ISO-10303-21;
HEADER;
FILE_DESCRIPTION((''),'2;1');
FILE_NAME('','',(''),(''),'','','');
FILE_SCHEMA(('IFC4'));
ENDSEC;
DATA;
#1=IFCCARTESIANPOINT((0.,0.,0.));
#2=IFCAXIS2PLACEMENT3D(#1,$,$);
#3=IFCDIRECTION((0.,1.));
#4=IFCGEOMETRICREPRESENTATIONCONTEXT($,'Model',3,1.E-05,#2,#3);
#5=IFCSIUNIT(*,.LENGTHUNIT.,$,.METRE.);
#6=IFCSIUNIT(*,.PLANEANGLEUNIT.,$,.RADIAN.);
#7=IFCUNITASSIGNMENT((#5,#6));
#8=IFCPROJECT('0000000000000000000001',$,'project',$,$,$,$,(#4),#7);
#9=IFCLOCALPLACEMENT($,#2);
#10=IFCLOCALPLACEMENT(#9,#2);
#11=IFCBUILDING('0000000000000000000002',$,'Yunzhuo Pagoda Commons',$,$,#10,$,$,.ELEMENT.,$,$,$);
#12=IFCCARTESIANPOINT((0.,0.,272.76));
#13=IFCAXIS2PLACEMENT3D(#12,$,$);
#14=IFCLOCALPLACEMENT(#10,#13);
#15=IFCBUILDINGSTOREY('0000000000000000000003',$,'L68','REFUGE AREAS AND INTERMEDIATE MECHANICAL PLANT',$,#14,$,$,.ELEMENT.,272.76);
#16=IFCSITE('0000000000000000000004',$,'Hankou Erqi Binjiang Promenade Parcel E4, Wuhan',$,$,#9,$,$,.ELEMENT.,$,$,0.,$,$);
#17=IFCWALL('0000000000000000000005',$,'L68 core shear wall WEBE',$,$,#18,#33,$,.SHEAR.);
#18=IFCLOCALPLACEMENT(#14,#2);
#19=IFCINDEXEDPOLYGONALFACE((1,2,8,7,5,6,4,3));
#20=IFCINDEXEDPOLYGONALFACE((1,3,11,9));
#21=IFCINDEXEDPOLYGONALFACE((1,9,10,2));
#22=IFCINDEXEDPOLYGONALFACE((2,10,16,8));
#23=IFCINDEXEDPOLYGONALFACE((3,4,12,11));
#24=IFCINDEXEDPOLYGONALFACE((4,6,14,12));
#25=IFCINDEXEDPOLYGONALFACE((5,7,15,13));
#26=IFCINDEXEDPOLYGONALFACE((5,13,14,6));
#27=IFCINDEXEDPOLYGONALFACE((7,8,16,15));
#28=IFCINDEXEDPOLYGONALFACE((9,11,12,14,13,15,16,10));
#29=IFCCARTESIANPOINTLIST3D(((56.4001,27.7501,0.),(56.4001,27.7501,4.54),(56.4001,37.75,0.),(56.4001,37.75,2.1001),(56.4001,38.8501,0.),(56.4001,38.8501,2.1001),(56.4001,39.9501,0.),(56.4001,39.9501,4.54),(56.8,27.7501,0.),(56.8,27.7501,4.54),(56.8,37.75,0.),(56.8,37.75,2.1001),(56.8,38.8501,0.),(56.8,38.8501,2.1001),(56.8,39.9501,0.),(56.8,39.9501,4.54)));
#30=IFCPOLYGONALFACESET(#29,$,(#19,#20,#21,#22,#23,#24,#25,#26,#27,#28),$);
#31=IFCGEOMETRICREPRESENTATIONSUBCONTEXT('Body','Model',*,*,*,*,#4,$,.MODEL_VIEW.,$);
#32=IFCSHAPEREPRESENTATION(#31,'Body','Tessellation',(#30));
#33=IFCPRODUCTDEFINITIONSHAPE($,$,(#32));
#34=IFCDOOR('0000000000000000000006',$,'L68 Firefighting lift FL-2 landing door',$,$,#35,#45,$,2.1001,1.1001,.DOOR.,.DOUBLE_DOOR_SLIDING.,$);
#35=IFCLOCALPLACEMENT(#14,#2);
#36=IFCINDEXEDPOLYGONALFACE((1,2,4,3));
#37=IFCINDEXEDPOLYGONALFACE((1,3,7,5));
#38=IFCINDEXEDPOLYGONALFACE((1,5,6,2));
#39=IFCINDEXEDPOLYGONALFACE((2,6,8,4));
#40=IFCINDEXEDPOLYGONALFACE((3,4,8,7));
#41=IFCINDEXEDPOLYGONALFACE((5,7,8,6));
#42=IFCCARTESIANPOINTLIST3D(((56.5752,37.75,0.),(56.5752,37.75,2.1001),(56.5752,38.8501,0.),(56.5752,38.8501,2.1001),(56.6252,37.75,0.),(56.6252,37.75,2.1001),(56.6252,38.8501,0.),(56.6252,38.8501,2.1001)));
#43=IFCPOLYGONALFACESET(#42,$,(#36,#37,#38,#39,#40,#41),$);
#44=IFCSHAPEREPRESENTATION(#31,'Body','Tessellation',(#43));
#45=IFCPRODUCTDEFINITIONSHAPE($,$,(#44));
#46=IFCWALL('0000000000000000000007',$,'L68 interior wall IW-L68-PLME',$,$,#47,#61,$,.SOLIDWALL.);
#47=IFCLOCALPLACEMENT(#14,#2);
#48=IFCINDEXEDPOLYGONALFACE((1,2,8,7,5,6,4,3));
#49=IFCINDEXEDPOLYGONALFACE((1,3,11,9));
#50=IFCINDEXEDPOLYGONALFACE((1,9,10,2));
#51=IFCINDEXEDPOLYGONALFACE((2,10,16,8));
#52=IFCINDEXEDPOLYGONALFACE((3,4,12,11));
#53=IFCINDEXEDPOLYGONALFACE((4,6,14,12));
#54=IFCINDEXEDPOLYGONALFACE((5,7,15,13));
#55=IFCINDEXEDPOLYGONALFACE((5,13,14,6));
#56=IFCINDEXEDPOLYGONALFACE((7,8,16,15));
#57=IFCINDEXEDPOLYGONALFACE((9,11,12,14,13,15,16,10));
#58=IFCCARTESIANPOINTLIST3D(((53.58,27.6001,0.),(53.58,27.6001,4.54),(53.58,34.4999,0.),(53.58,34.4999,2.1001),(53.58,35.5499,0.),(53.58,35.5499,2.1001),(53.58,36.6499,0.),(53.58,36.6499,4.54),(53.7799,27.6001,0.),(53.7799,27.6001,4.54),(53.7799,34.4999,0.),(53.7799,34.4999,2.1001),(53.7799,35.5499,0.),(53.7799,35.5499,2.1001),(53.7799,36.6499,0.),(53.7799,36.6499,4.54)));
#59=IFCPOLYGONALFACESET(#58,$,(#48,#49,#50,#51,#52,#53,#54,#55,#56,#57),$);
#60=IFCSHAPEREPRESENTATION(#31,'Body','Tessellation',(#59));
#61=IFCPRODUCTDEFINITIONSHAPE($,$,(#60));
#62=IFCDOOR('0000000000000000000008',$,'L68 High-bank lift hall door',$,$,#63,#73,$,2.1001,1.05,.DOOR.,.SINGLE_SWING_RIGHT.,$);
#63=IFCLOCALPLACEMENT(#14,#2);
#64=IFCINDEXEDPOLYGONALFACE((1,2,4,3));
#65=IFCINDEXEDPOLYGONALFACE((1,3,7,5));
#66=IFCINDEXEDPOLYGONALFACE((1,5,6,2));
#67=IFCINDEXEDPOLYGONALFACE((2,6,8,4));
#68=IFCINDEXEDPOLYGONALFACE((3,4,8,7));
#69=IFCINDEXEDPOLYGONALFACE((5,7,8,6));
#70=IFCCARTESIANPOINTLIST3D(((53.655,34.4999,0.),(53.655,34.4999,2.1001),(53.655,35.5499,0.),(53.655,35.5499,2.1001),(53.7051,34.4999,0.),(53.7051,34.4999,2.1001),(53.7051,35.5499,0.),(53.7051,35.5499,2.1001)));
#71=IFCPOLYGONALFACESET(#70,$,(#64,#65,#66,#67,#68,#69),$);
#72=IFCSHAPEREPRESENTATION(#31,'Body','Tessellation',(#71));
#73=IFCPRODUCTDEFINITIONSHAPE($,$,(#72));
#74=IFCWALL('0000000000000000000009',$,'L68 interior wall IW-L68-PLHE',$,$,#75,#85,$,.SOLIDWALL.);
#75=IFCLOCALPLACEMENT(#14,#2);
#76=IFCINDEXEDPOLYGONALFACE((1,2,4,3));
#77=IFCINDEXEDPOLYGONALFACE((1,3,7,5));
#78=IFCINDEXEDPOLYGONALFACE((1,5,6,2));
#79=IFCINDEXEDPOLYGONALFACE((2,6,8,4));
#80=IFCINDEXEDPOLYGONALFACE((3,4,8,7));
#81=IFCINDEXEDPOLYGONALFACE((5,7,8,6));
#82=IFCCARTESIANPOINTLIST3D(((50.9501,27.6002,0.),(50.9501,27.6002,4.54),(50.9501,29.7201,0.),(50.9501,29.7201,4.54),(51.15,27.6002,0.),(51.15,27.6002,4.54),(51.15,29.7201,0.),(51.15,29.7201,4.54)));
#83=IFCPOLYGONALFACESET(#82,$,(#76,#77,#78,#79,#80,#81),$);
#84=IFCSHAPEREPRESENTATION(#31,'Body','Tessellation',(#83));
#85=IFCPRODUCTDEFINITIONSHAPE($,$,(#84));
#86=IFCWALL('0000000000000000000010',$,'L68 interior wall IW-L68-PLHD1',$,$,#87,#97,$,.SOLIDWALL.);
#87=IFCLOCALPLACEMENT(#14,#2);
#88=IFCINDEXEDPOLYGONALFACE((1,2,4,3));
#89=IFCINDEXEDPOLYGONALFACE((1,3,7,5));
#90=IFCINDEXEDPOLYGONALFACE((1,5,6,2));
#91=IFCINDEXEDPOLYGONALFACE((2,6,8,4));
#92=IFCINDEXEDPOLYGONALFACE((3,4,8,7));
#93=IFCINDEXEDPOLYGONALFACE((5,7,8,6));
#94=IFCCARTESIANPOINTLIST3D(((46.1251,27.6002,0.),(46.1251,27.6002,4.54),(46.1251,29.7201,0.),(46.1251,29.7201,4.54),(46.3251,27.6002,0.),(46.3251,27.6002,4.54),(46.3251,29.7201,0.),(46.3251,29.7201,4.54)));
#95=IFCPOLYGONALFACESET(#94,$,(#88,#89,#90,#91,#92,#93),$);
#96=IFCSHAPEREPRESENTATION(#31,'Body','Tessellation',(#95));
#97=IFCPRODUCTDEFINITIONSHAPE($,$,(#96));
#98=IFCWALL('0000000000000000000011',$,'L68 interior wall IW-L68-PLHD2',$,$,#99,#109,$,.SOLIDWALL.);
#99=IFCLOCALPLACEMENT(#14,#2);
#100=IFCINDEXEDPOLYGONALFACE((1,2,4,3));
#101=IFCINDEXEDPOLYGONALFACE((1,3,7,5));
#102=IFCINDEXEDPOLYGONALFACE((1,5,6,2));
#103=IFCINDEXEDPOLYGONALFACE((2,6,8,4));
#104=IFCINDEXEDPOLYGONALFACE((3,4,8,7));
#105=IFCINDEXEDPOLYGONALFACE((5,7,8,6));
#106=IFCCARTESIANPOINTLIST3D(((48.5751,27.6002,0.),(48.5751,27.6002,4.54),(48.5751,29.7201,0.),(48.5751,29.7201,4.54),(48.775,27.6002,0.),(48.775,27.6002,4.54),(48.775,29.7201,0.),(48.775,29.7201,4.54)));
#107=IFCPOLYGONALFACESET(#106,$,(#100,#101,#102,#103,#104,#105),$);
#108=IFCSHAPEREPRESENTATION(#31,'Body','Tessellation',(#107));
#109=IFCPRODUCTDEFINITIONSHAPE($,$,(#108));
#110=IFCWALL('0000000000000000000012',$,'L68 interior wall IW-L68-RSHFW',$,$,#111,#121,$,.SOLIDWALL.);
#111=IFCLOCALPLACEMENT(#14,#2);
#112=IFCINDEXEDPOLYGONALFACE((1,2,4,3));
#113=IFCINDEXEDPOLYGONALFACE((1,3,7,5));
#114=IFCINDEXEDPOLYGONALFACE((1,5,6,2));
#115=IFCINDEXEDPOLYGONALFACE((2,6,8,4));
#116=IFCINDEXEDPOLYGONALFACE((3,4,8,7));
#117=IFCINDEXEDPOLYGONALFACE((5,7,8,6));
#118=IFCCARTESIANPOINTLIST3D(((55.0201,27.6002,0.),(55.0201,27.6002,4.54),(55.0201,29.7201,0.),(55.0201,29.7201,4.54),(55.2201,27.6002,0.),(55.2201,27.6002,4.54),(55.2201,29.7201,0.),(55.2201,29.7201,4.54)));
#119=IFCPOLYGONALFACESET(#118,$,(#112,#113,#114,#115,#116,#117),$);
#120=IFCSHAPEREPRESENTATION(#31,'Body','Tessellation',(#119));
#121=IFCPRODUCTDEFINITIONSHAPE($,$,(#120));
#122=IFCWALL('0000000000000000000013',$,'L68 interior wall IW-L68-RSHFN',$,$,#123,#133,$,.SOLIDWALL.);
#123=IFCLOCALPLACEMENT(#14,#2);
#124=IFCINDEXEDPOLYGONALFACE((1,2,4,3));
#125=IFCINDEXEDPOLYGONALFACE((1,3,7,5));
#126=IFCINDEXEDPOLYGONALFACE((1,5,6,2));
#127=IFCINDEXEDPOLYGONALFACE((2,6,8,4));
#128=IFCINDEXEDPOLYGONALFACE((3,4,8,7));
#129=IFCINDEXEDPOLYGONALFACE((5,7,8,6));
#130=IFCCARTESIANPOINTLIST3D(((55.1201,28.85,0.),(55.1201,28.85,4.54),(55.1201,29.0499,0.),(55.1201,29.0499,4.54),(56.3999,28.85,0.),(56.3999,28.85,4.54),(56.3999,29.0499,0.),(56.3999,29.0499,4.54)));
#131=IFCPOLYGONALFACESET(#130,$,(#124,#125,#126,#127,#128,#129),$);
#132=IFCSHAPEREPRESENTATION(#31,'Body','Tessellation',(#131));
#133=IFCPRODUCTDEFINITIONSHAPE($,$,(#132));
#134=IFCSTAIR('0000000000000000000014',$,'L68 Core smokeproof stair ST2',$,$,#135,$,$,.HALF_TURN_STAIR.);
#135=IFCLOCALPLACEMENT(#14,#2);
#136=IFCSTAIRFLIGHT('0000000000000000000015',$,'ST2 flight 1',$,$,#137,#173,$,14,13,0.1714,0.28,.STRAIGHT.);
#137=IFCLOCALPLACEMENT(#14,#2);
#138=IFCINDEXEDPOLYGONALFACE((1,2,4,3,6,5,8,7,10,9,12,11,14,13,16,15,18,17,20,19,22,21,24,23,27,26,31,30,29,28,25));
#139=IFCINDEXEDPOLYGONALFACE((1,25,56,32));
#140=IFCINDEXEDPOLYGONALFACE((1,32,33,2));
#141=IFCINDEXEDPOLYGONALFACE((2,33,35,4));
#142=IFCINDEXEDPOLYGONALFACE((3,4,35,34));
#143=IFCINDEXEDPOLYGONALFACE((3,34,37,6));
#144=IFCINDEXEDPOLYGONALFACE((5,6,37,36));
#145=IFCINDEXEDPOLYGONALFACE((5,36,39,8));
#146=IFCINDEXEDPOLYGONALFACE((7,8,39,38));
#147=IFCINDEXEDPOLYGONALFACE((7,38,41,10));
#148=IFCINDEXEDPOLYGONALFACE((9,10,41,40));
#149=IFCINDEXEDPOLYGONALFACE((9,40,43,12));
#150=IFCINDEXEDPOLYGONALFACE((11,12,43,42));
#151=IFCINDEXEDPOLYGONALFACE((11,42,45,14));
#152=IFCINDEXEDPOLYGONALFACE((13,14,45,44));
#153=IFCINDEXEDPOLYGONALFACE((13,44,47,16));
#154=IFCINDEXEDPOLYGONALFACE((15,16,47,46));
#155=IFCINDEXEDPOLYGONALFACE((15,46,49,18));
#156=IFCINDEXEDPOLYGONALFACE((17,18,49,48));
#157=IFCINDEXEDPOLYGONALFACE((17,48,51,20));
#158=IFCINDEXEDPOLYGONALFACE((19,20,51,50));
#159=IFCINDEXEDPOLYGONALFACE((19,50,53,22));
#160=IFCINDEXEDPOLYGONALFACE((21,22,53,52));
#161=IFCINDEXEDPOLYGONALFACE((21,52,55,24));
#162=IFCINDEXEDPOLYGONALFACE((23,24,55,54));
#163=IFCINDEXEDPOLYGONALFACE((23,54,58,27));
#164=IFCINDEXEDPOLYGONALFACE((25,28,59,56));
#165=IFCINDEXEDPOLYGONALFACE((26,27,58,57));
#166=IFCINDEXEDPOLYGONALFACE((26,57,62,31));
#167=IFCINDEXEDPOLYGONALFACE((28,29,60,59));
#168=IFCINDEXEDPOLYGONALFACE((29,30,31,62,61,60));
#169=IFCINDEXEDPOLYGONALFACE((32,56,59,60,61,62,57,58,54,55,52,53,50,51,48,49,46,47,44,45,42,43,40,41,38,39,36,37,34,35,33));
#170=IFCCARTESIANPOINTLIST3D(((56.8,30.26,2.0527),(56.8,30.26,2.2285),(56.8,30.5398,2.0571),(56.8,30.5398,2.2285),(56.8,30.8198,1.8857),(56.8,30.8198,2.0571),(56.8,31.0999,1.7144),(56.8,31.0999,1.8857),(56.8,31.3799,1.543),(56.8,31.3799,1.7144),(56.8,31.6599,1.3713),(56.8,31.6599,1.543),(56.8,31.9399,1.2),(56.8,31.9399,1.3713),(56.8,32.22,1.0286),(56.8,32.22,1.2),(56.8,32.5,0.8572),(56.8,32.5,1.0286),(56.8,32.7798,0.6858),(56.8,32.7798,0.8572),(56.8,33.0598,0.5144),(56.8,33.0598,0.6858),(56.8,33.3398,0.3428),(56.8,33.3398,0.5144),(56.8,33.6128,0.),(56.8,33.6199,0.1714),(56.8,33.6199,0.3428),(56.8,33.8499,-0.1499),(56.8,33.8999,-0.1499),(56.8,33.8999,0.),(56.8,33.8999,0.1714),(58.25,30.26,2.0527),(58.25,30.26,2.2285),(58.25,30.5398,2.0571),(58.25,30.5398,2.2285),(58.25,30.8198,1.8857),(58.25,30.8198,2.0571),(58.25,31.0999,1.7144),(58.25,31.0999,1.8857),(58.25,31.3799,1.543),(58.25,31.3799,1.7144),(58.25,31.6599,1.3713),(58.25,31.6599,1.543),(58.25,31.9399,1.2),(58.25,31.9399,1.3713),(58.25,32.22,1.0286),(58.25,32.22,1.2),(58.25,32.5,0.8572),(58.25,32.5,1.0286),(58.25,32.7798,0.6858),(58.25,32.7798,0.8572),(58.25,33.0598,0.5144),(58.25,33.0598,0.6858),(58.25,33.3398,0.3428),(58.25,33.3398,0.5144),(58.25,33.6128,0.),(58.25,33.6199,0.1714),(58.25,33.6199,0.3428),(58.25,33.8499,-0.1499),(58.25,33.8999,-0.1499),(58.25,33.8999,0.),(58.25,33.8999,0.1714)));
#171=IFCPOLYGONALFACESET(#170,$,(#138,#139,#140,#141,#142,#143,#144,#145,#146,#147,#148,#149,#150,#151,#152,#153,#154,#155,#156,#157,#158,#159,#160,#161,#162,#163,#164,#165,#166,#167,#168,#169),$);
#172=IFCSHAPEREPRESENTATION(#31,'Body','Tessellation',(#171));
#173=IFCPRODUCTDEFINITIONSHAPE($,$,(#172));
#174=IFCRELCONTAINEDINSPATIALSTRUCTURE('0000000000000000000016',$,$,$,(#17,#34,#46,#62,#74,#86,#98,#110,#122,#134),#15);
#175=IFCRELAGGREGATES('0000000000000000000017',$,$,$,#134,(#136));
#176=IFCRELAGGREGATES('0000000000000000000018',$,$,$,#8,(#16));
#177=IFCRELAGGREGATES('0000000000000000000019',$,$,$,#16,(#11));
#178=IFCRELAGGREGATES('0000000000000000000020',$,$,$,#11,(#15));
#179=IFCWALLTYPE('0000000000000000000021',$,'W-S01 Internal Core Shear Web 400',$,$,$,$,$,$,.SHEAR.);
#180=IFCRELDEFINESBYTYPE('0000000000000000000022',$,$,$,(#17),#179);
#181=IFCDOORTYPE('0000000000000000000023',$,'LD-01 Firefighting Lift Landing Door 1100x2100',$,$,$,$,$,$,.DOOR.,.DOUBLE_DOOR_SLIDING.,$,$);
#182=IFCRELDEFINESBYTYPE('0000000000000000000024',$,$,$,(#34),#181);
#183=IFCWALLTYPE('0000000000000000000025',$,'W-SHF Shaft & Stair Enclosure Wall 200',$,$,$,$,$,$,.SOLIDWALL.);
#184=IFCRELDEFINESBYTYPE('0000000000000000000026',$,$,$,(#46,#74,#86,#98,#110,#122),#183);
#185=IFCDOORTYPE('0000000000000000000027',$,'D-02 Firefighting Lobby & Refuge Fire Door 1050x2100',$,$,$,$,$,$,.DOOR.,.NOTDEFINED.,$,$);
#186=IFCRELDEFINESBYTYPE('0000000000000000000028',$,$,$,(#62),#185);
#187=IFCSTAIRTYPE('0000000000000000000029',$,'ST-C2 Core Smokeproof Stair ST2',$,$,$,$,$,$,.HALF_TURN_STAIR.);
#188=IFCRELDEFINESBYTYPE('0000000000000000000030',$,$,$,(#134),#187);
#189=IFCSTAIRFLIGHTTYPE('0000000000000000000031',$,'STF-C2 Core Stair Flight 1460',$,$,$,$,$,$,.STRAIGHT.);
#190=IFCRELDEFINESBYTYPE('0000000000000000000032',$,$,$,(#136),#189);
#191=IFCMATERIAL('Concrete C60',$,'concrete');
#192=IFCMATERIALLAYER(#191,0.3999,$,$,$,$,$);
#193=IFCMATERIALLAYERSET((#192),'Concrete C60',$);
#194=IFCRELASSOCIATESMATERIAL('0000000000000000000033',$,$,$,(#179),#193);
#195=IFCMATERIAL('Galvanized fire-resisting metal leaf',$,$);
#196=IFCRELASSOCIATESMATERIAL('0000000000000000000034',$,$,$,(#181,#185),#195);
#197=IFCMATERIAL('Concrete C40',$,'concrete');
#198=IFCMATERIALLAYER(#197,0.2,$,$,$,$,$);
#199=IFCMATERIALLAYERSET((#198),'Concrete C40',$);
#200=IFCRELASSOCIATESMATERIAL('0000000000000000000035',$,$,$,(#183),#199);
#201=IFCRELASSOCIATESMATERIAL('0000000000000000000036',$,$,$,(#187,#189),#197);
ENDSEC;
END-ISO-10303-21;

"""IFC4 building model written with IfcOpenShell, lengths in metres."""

from ifc_helpers import new_model, si_unit, direction, frame, frame_2d, origin, origin_with_axes, place, context, subcontext, project, spatial, polyline, rectangle, outline, extrude, source, transform, mapped, material, layer, layer_set, type_object, element, fill, aggregate, save


model = new_model("IFC4")

# Units and contexts
model_context = context("Model", 3, precision=1e-05, world=origin(), true_north=direction((0.0, 1.0)))
body_context = subcontext(model_context, "Body", "Model", "MODEL_VIEW")
ifc_project = project(units=[si_unit("LENGTHUNIT", "METRE"), si_unit("PLANEANGLEUNIT", "RADIAN")], contexts=[model_context])

# Site, building, storey
site_placement = place(None, origin())
site = spatial("IfcSite", under=ifc_project, at=site_placement, Name="Hankou Erqi Binjiang Promenade Parcel E4, Wuhan", CompositionType="ELEMENT", RefElevation=0.0)
building_placement = place(site_placement, origin())
building = spatial("IfcBuilding", under=site, at=building_placement, Name="Yunzhuo Pagoda Commons", CompositionType="ELEMENT")
storey_placement = place(building_placement, frame((0.0, 0.0, 272.76)))
storey = spatial("IfcBuildingStorey", under=building, at=storey_placement, Name="L68", Description="REFUGE AREAS AND INTERMEDIATE MECHANICAL PLANT", CompositionType="ELEMENT", Elevation=272.76)

# Shared definitions
ifc_material_1 = material(Name="Galvanized fire-resisting metal leaf")

# Walls, openings, doors
ifc_material_2 = material(Name="Concrete C60", Category="concrete")
ifc_layer_1 = layer(ifc_material_2, 0.3999)
ifc_layer_set_1 = layer_set([ifc_layer_1], Name="Concrete C60")
wall_type_1 = type_object("IfcWallType", Name="W-S01 Internal Core Shear Web 400", PredefinedType="SHEAR", material=ifc_layer_set_1)
wall_1_placement = place(storey_placement, frame((56.6001, 27.75, 0.0), z_axis=(0.0, 0.0, 1.0), x_axis=(0.0, 1.0, 0.0)))
wall_1 = element("IfcWall", 1, at=wall_1_placement, inside=storey, type_object=wall_type_1, Name="L68 core shear wall WEBE", PredefinedType="SHEAR", context=body_context, shape_type="SweptSolid", body=[
    extrude(rectangle(XDim=12.2, YDim=0.3999, at=frame_2d((6.1001, 0.0))), origin(), (0.0, 0.0, 1.0), 4.54),
])
opening_1_placement = place(wall_1_placement, frame((10.0, 0.0, 0.0)))
opening_1 = element("IfcOpeningElement", 2, at=opening_1_placement, cuts=wall_1, PredefinedType="OPENING", context=body_context, shape_type="SweptSolid", body=[
    extrude(rectangle(XDim=1.1001, YDim=2.1001, at=frame_2d((0.55, 1.05))), frame((0.0, 0.21, 0.0), z_axis=(0.0, -1.0, 0.0), x_axis=(1.0, 0.0, 0.0)), (0.0, 0.0, 1.0), 0.4199),
])
door_type_1 = type_object("IfcDoorType", Name="LD-01 Firefighting Lift Landing Door 1100x2100", OperationType="DOUBLE_DOOR_SLIDING", PredefinedType="DOOR", material=ifc_material_1)
shared_shape_1 = source(origin(), body_context, "Body", "SweptSolid", [
    extrude(rectangle(XDim=1.1001, YDim=2.1001, at=frame_2d((0.55, 1.05))), frame((0.0, 0.0249, 0.0), z_axis=(0.0, -1.0, 0.0), x_axis=(1.0, 0.0, 0.0)), (0.0, 0.0, 1.0), 0.05),
])
door_1_placement = place(opening_1_placement, origin_with_axes())
door_1 = element("IfcDoor", 3, at=door_1_placement, inside=storey, type_object=door_type_1, Name="L68 Firefighting lift FL-2 landing door", OperationType="DOUBLE_DOOR_SLIDING", OverallHeight=2.1001, OverallWidth=1.1001, PredefinedType="DOOR", context=body_context, shape_type="MappedRepresentation", body=[
    mapped(shared_shape_1, transform((0.0, 0.0, 0.0), scale=1.0)),
])
fill(opening_1, door_1)
ifc_material_3 = material(Name="Concrete C40", Category="concrete")
ifc_layer_2 = layer(ifc_material_3, 0.2)
ifc_layer_set_2 = layer_set([ifc_layer_2], Name="Concrete C40")
wall_type_2 = type_object("IfcWallType", Name="W-SHF Shaft & Stair Enclosure Wall 200", PredefinedType="SOLIDWALL", material=ifc_layer_set_2)
wall_2_placement = place(storey_placement, frame((53.6799, 27.6001, 0.0), z_axis=(0.0, 0.0, 1.0), x_axis=(0.0, 1.0, 0.0)))
wall_2 = element("IfcWall", 4, at=wall_2_placement, inside=storey, type_object=wall_type_2, Name="L68 interior wall IW-L68-PLME", PredefinedType="SOLIDWALL", context=body_context, shape_type="SweptSolid", body=[
    extrude(rectangle(XDim=9.0498, YDim=0.2, at=frame_2d((4.5249, 0.0))), origin(), (0.0, 0.0, 1.0), 4.54),
])
opening_2_placement = place(wall_2_placement, frame((6.8999, 0.0, 0.0)))
opening_2 = element("IfcOpeningElement", 5, at=opening_2_placement, cuts=wall_2, PredefinedType="OPENING", context=body_context, shape_type="SweptSolid", body=[
    extrude(rectangle(XDim=1.05, YDim=2.1001, at=frame_2d((0.5249, 1.05))), frame((0.0, 0.1099, 0.0), z_axis=(0.0, -1.0, 0.0), x_axis=(1.0, 0.0, 0.0)), (0.0, 0.0, 1.0), 0.22),
])
door_type_2 = type_object("IfcDoorType", Name="D-02 Firefighting Lobby & Refuge Fire Door 1050x2100", OperationType="NOTDEFINED", PredefinedType="DOOR", material=ifc_material_1)
shared_shape_2 = source(origin(), body_context, "Body", "SweptSolid", [
    extrude(rectangle(XDim=1.05, YDim=2.1001, at=frame_2d((0.5249, 1.05))), frame((0.0, 0.0249, 0.0), z_axis=(0.0, -1.0, 0.0), x_axis=(1.0, 0.0, 0.0)), (0.0, 0.0, 1.0), 0.05),
])
door_2_placement = place(opening_2_placement, origin_with_axes())
door_2 = element("IfcDoor", 6, at=door_2_placement, inside=storey, type_object=door_type_2, Name="L68 High-bank lift hall door", OperationType="SINGLE_SWING_RIGHT", OverallHeight=2.1001, OverallWidth=1.05, PredefinedType="DOOR", context=body_context, shape_type="MappedRepresentation", body=[
    mapped(shared_shape_2, transform((0.0, 0.0, 0.0), scale=1.0)),
])
fill(opening_2, door_2)

# Walls
for number, where, z_axis, x_axis, name in (
    (7, (51.05, 27.6001, 0.0), (0.0, 0.0, 1.0), (0.0, 1.0, 0.0), "L68 interior wall IW-L68-PLHE"),
    (8, (46.2251, 27.6001, 0.0), (0.0, 0.0, 1.0), (0.0, 1.0, 0.0), "L68 interior wall IW-L68-PLHD1"),
    (9, (48.675, 27.6001, 0.0), (0.0, 0.0, 1.0), (0.0, 1.0, 0.0), "L68 interior wall IW-L68-PLHD2"),
    (10, (55.1201, 27.6001, 0.0), (0.0, 0.0, 1.0), (0.0, 1.0, 0.0), "L68 interior wall IW-L68-RSHFW"),
):
    element("IfcWall", number, at=place(storey_placement, frame(where, z_axis=z_axis, x_axis=x_axis)), inside=storey, type_object=wall_type_2, Name=name, PredefinedType="SOLIDWALL", context=body_context, shape_type="SweptSolid", body=[
        extrude(rectangle(XDim=2.1199, YDim=0.2, at=frame_2d((1.0601, 0.0))), origin(), (0.0, 0.0, 1.0), 4.54),
    ])
wall_3_placement = place(storey_placement, frame((55.1201, 28.95, 0.0), z_axis=(0.0, 0.0, 1.0), x_axis=(1.0, 0.0, 0.0)))
element("IfcWall", 11, at=wall_3_placement, inside=storey, type_object=wall_type_2, Name="L68 interior wall IW-L68-RSHFN", PredefinedType="SOLIDWALL", context=body_context, shape_type="SweptSolid", body=[
    extrude(rectangle(XDim=1.2798, YDim=0.2, at=frame_2d((0.6399, 0.0))), origin(), (0.0, 0.0, 1.0), 4.54),
])

# Stair, stair flight
stair_type = type_object("IfcStairType", Name="ST-C2 Core Smokeproof Stair ST2", PredefinedType="HALF_TURN_STAIR", material=ifc_material_3)
stair_placement = place(storey_placement, origin())
stair = element("IfcStair", 12, at=stair_placement, inside=storey, type_object=stair_type, Name="L68 Core smokeproof stair ST2", PredefinedType="HALF_TURN_STAIR")
stair_flight_type = type_object("IfcStairFlightType", Name="STF-C2 Core Stair Flight 1460", PredefinedType="STRAIGHT", material=ifc_material_3)
shared_shape_3 = source(origin(), body_context, "Body", "SweptSolid", [
    extrude(outline(polyline([(0.0, -0.1499), (0.0, 0.0), (0.0, 0.1714), (0.28, 0.1714), (0.28, 0.3428), (0.5601, 0.3428), (0.5601, 0.5144), (0.8401, 0.5144), (0.8401, 0.6858), (1.1201, 0.6858), (1.1201, 0.8572), (1.3999, 0.8572), (1.3999, 1.0286), (1.6799, 1.0286), (1.6799, 1.2), (1.96, 1.2), (1.96, 1.3713), (2.24, 1.3713), (2.24, 1.543), (2.52, 1.543), (2.52, 1.7144), (2.8, 1.7144), (2.8, 1.8857), (3.0801, 1.8857), (3.0801, 2.0571), (3.3601, 2.0571), (3.3601, 2.2285), (3.6399, 2.2285), (3.6399, 2.3999), (3.6399, 2.0527), (0.2871, 0.0), (0.05, -0.1499), (0.0, -0.1499)])), frame((0.0, 0.7251, 0.0), z_axis=(0.0, -1.0, 0.0), x_axis=(1.0, 0.0, 0.0)), (0.0, 0.0, 1.0), 1.45),
])
stair_flight_placement = place(storey_placement, frame((57.5249, 33.8999, 0.0), z_axis=(0.0, 0.0, 1.0), x_axis=(0.0, -1.0, 0.0)))
stair_flight = element("IfcStairFlight", 13, at=stair_flight_placement, type_object=stair_flight_type, Name="ST2 flight 1", NumberOfRisers=14, NumberOfTreads=13, PredefinedType="STRAIGHT", RiserHeight=0.1714, TreadLength=0.28, context=body_context, shape_type="MappedRepresentation", body=[
    mapped(shared_shape_3, transform((0.0, 0.0, 0.0), scale=1.0)),
])
aggregate(stair, [stair_flight])

save(model, "model.ifc")
